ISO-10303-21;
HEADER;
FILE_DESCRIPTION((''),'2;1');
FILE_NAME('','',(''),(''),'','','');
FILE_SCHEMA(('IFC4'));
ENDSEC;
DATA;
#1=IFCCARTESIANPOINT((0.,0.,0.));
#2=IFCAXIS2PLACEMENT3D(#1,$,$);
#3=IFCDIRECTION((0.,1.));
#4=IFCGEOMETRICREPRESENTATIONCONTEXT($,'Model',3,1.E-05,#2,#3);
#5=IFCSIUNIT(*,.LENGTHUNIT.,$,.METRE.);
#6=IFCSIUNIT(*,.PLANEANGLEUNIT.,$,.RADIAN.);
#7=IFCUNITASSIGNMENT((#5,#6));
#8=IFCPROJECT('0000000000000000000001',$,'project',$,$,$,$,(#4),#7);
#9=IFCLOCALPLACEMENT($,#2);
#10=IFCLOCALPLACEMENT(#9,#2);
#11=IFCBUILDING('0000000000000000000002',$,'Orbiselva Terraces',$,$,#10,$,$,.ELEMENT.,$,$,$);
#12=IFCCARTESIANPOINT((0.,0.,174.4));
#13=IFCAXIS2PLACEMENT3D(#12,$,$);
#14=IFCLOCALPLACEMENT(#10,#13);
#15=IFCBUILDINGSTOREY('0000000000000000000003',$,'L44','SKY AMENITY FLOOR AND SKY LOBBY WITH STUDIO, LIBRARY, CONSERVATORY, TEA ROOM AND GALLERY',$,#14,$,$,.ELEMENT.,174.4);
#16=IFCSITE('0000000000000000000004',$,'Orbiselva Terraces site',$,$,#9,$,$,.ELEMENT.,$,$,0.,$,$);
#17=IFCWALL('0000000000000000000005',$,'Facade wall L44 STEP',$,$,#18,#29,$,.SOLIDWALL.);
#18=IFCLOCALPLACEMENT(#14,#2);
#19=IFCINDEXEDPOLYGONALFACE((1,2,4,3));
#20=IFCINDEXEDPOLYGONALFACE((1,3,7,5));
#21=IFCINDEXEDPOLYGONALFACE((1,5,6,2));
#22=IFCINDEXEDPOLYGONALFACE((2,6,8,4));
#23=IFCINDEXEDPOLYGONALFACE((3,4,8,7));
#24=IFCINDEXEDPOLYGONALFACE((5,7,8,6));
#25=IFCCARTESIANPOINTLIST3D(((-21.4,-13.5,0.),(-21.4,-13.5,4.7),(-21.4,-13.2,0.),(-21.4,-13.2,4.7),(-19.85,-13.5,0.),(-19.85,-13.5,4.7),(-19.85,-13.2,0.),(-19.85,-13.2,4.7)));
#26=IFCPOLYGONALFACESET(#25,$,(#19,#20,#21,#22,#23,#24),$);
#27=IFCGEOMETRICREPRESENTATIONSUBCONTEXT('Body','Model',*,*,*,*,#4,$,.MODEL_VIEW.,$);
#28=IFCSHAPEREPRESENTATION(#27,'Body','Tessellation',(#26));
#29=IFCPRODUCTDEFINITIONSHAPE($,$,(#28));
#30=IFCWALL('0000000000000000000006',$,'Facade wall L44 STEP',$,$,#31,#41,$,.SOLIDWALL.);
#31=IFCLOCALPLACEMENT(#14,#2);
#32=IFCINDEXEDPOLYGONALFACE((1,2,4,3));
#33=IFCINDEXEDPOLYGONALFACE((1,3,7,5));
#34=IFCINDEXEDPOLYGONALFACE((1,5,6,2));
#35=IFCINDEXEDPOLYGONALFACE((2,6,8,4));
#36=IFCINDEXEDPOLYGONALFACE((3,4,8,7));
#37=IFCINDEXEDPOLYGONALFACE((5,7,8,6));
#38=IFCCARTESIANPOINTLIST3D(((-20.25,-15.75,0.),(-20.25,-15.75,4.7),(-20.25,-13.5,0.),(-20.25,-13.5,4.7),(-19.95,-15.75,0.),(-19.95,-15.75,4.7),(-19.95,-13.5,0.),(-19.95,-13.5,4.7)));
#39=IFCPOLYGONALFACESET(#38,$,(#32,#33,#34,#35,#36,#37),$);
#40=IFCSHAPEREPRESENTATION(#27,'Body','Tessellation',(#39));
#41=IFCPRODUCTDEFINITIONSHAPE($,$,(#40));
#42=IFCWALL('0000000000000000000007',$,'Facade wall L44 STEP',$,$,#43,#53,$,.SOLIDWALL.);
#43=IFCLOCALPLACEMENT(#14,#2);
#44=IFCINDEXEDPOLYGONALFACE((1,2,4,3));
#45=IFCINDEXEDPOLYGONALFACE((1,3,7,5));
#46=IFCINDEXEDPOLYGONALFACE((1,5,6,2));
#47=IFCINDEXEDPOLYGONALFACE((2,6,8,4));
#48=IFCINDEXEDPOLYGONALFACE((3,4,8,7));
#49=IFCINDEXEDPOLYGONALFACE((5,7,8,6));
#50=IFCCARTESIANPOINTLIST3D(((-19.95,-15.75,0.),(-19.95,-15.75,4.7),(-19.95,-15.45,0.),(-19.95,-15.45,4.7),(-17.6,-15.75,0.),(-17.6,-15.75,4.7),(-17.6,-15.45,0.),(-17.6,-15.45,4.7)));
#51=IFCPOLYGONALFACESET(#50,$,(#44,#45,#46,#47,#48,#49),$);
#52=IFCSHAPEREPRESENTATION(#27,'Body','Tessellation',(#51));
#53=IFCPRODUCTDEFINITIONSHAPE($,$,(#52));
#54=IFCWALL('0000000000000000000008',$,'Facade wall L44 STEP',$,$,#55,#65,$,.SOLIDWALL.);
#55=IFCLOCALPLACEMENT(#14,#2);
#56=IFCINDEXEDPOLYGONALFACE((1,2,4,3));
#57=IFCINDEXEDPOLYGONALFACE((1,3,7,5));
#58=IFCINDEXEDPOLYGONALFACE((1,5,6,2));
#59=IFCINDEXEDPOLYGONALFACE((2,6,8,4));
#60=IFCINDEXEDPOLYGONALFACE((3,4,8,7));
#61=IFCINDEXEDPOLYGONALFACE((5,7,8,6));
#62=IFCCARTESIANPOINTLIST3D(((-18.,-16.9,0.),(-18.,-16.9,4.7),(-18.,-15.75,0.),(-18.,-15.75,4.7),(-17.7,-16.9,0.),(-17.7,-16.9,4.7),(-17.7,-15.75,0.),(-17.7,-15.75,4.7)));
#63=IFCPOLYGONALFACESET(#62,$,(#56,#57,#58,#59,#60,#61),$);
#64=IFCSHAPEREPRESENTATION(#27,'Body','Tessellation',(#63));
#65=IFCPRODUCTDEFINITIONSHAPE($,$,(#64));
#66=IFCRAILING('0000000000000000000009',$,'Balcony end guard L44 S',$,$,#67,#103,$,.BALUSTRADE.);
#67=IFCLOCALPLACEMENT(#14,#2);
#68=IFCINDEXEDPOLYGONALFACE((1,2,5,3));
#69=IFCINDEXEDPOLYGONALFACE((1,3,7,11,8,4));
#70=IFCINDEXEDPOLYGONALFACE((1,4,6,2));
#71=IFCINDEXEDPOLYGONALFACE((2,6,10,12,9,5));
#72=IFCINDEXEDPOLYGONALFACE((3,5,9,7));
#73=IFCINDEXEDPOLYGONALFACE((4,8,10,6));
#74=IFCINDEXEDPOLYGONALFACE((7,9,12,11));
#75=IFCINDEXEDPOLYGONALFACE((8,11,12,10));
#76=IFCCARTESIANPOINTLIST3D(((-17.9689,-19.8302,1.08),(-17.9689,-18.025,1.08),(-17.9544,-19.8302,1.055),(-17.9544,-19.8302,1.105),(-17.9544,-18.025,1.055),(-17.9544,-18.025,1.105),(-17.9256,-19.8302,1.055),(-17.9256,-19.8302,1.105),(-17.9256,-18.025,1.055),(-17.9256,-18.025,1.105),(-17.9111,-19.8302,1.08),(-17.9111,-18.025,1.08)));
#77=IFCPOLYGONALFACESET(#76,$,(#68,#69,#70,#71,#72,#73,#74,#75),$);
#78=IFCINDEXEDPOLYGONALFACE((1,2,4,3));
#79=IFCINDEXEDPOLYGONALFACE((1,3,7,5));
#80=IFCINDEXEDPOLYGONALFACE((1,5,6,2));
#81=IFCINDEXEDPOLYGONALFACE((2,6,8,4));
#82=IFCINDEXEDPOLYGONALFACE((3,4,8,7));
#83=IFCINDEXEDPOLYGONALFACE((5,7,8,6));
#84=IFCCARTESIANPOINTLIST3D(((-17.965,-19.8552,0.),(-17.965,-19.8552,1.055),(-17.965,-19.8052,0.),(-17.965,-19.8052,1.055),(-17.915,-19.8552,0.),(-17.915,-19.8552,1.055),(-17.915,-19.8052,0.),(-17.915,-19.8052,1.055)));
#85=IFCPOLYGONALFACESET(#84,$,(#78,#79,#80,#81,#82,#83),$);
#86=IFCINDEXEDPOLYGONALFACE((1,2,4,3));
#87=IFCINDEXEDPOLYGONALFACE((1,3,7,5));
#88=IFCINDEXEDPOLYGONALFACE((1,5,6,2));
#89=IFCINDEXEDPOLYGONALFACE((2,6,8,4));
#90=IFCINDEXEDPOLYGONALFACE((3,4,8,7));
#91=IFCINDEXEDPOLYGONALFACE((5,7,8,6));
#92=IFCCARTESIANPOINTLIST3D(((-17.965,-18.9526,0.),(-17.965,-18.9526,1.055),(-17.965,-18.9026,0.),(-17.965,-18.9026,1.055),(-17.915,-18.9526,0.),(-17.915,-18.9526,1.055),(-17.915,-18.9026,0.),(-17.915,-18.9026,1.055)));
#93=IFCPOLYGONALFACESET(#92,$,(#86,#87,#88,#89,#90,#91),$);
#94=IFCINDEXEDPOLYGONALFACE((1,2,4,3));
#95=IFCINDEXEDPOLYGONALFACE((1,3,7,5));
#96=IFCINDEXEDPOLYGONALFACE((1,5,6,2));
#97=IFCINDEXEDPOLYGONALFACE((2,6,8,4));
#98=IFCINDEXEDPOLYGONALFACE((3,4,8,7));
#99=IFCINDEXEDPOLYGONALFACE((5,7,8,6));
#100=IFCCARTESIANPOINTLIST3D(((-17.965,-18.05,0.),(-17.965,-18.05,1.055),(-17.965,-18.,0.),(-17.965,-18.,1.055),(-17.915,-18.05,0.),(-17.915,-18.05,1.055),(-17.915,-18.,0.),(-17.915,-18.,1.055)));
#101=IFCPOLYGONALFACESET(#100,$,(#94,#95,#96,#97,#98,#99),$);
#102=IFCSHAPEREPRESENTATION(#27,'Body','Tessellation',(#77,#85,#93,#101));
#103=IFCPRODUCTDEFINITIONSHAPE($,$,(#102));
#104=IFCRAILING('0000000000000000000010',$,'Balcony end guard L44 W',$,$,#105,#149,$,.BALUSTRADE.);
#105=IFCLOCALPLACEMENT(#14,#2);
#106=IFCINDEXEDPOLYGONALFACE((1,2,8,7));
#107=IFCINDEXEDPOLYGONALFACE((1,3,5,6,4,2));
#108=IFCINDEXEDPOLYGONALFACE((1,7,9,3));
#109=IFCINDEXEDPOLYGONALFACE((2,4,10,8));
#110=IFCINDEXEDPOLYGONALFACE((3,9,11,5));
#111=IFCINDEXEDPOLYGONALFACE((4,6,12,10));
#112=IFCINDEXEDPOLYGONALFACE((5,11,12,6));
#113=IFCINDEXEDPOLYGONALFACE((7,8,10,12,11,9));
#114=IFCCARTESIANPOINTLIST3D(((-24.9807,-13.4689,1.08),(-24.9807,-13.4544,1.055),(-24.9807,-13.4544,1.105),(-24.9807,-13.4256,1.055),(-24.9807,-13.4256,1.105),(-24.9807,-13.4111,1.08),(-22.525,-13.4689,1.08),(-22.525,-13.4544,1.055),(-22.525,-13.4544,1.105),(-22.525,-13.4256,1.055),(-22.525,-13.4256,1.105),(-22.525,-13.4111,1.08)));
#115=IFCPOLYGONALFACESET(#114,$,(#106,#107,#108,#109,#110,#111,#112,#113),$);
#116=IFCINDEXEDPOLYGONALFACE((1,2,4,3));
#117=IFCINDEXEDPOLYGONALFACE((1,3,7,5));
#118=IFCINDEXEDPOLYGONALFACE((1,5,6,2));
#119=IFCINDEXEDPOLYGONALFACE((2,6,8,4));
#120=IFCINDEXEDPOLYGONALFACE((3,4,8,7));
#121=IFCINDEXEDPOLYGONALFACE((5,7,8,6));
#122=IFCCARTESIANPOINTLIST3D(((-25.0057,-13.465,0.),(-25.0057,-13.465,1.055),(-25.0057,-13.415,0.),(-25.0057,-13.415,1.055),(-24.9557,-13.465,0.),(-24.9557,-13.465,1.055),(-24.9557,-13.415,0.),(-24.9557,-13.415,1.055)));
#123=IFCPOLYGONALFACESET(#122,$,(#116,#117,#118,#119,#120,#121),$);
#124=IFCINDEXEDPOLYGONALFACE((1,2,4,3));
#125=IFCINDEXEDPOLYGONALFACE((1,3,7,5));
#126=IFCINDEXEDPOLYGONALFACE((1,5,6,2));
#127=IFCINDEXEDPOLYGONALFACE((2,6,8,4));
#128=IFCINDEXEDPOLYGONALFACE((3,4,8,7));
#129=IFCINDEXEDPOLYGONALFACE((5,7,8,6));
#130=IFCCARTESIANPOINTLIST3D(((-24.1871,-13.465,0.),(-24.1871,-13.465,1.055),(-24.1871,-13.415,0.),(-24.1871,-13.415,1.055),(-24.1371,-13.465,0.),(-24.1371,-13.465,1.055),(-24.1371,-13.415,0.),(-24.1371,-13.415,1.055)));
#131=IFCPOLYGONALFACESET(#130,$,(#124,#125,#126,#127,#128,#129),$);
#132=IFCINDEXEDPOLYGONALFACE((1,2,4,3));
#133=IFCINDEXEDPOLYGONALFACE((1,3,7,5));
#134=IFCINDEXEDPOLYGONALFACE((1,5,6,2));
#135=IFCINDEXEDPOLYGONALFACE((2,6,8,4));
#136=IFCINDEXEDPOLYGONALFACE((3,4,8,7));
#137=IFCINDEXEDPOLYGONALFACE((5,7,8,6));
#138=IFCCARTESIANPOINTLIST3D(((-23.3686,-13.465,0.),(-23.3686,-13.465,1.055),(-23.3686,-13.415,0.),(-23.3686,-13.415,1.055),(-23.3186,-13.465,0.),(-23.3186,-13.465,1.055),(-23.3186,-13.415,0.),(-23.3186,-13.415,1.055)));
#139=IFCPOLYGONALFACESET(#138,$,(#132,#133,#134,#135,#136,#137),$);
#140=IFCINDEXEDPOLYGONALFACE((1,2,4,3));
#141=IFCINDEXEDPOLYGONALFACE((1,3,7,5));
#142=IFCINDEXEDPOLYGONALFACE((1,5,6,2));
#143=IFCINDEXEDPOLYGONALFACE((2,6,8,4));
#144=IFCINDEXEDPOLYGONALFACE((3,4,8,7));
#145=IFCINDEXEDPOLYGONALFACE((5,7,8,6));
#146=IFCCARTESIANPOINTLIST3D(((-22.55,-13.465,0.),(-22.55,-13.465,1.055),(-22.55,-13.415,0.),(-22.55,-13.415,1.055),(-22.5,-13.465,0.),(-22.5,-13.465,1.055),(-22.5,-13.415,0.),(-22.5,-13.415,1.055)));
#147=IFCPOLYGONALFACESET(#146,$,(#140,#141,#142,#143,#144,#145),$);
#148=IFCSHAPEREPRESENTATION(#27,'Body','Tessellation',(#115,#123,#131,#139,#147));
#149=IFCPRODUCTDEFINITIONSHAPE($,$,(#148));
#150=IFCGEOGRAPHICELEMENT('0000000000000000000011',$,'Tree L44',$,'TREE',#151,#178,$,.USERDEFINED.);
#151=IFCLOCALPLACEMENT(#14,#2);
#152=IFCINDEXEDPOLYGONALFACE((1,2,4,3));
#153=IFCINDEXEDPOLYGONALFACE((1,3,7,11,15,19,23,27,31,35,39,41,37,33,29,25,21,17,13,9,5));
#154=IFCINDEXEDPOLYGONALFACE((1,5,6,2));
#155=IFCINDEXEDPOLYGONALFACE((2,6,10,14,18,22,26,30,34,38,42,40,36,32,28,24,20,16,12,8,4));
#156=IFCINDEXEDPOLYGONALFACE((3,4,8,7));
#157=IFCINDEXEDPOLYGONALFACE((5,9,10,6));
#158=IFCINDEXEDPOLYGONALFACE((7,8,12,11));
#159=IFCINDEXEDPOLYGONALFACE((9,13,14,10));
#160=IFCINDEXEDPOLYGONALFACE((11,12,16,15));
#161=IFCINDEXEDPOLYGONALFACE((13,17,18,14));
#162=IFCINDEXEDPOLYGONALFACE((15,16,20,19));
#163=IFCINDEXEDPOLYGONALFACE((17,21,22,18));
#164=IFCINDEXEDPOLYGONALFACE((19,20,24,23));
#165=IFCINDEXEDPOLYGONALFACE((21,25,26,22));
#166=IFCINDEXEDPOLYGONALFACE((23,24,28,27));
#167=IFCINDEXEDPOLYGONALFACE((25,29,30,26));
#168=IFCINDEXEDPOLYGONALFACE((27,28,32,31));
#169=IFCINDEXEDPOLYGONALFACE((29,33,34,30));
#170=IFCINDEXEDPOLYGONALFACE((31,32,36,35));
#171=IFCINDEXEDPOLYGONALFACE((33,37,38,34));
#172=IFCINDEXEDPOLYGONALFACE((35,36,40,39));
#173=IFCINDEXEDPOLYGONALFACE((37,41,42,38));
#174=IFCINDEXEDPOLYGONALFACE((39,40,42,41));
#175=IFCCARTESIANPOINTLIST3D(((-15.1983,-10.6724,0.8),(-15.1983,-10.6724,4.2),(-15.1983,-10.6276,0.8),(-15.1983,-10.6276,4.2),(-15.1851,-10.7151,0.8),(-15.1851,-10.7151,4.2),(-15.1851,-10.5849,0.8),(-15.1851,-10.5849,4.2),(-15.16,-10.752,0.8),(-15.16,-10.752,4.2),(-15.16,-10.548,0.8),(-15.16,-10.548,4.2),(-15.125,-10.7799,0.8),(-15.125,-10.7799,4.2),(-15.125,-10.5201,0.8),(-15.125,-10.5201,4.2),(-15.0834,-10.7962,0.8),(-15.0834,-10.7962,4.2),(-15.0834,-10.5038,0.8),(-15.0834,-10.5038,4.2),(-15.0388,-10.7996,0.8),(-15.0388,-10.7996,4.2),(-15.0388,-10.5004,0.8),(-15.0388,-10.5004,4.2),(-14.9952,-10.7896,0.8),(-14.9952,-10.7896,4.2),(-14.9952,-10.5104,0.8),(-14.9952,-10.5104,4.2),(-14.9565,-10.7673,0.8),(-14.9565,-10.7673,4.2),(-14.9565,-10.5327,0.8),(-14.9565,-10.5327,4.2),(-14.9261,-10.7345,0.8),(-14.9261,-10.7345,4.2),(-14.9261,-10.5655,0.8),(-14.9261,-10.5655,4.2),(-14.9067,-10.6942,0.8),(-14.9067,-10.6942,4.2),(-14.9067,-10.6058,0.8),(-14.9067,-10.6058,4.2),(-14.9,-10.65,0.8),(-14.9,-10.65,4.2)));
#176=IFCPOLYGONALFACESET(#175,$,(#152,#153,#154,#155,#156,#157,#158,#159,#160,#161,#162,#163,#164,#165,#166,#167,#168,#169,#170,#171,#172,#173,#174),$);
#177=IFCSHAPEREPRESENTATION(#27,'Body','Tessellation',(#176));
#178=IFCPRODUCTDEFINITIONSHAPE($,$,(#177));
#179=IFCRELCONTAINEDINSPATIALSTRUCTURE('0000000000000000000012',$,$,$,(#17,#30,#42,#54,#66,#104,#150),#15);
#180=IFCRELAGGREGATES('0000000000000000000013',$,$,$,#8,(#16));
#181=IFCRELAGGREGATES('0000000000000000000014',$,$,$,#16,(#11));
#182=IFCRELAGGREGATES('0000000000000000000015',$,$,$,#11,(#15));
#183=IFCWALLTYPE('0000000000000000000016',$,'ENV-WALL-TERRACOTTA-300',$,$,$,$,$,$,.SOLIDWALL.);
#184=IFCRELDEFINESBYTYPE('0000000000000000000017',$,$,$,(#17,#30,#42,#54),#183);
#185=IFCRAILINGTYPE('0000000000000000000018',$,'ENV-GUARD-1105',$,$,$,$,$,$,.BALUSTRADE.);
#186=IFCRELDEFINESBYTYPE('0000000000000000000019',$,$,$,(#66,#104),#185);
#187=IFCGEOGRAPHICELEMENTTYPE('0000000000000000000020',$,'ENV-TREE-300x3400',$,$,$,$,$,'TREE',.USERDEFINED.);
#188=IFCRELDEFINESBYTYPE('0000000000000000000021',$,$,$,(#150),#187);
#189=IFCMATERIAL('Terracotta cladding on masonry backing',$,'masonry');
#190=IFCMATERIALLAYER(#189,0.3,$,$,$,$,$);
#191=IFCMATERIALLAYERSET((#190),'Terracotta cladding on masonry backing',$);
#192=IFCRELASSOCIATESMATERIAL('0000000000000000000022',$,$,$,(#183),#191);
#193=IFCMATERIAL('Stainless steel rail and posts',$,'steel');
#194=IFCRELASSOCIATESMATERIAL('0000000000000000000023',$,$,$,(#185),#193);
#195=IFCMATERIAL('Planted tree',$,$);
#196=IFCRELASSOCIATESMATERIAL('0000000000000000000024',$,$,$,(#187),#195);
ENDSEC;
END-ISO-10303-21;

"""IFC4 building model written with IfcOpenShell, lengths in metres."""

from ifc_helpers import new_model, si_unit, direction, frame, frame_2d, origin, origin_2d, place, context, subcontext, project, spatial, polyline, rectangle, circle, outline, extrude, material, layer, layer_set, type_object, element, save


model = new_model("IFC4")

# Units and contexts
model_context = context("Model", 3, precision=1e-05, world=origin(), true_north=direction((0.0, 1.0)))
body_context = subcontext(model_context, "Body", "Model", "MODEL_VIEW")
ifc_project = project(units=[si_unit("LENGTHUNIT", "METRE"), si_unit("PLANEANGLEUNIT", "RADIAN")], contexts=[model_context])

# Site, building, storey
site_placement = place(None, origin())
site = spatial("IfcSite", under=ifc_project, at=site_placement, Name="Orbiselva Terraces site", CompositionType="ELEMENT", RefElevation=0.0)
building_placement = place(site_placement, origin())
building = spatial("IfcBuilding", under=site, at=building_placement, Name="Orbiselva Terraces", CompositionType="ELEMENT")
storey_placement = place(building_placement, frame((0.0, 0.0, 174.4)))
storey = spatial("IfcBuildingStorey", under=building, at=storey_placement, Name="L44", Description="SKY AMENITY FLOOR AND SKY LOBBY WITH STUDIO, LIBRARY, CONSERVATORY, TEA ROOM AND GALLERY", CompositionType="ELEMENT", Elevation=174.4)

# Shared definitions
ifc_material_1 = material(Name="Terracotta cladding on masonry backing", Category="masonry")
ifc_layer_1 = layer(ifc_material_1, 0.3)
ifc_layer_set_1 = layer_set([ifc_layer_1], Name="Terracotta cladding on masonry backing")
wall_type = type_object("IfcWallType", Name="ENV-WALL-TERRACOTTA-300", PredefinedType="SOLIDWALL", material=ifc_layer_set_1)

# Walls
wall_1_placement = place(storey_placement, frame((-19.85, -13.35, 0.0), z_axis=(0.0, 0.0, 1.0), x_axis=(-1.0, 0.0, 0.0)))
element("IfcWall", 1, at=wall_1_placement, inside=storey, type_object=wall_type, Name="Facade wall L44 STEP", PredefinedType="SOLIDWALL", context=body_context, shape_type="SweptSolid", body=[
    extrude(rectangle(XDim=1.55, YDim=0.3, at=frame_2d((0.775, 0.0))), origin(), (0.0, 0.0, 1.0), 4.7),
])
wall_2_placement = place(storey_placement, frame((-20.1, -15.75, 0.0), z_axis=(0.0, 0.0, 1.0), x_axis=(0.0, 1.0, 0.0)))
element("IfcWall", 2, at=wall_2_placement, inside=storey, type_object=wall_type, Name="Facade wall L44 STEP", PredefinedType="SOLIDWALL", context=body_context, shape_type="SweptSolid", body=[
    extrude(rectangle(XDim=2.25, YDim=0.3, at=frame_2d((1.125, 0.0))), origin(), (0.0, 0.0, 1.0), 4.7),
])
wall_3_placement = place(storey_placement, frame((-17.6, -15.6, 0.0), z_axis=(0.0, 0.0, 1.0), x_axis=(-1.0, 0.0, 0.0)))
element("IfcWall", 3, at=wall_3_placement, inside=storey, type_object=wall_type, Name="Facade wall L44 STEP", PredefinedType="SOLIDWALL", context=body_context, shape_type="SweptSolid", body=[
    extrude(rectangle(XDim=2.35, YDim=0.3, at=frame_2d((1.175, 0.0))), origin(), (0.0, 0.0, 1.0), 4.7),
])
wall_4_placement = place(storey_placement, frame((-17.85, -16.9, 0.0), z_axis=(0.0, 0.0, 1.0), x_axis=(0.0, 1.0, 0.0)))
element("IfcWall", 4, at=wall_4_placement, inside=storey, type_object=wall_type, Name="Facade wall L44 STEP", PredefinedType="SOLIDWALL", context=body_context, shape_type="SweptSolid", body=[
    extrude(rectangle(XDim=1.15, YDim=0.3, at=frame_2d((0.575, 0.0))), origin(), (0.0, 0.0, 1.0), 4.7),
])

# Railings
ifc_material_2 = material(Name="Stainless steel rail and posts", Category="steel")
railing_type_1 = type_object("IfcRailingType", Name="ENV-GUARD-1105", PredefinedType="BALUSTRADE", material=ifc_material_2)
railing_1_placement = place(storey_placement, frame((-17.94, -19.8302, 0.0)))
element("IfcRailing", 5, at=railing_1_placement, inside=storey, type_object=railing_type_1, Name="Balcony end guard L44 S", PredefinedType="BALUSTRADE", context=body_context, shape_type="SweptSolid", body=[
    extrude(outline(polyline([(0.0289, 0.0), (0.0144, 0.025), (-0.0144, 0.025), (-0.0289, 0.0), (-0.0144, -0.025), (0.0144, -0.025), (0.0289, 0.0)])), frame((0.0, 0.0, 1.08), z_axis=(0.0, 1.0, 0.0), x_axis=(-1.0, 0.0, 0.0)), (0.0, 0.0, 1.0), 1.8052),
    extrude(rectangle(XDim=0.05, YDim=0.05, at=origin_2d()), origin(), (0.0, 0.0, 1.0), 1.055),
    extrude(rectangle(XDim=0.05, YDim=0.05, at=origin_2d()), frame((0.0, 0.9026, 0.0)), (0.0, 0.0, 1.0), 1.055),
    extrude(rectangle(XDim=0.05, YDim=0.05, at=origin_2d()), frame((0.0, 1.8052, 0.0)), (0.0, 0.0, 1.0), 1.055),
])
railing_2_placement = place(storey_placement, frame((-24.9807, -13.44, 0.0)))
element("IfcRailing", 6, at=railing_2_placement, inside=storey, type_object=railing_type_1, Name="Balcony end guard L44 W", PredefinedType="BALUSTRADE", context=body_context, shape_type="SweptSolid", body=[
    extrude(outline(polyline([(0.0289, 0.0), (0.0144, 0.025), (-0.0144, 0.025), (-0.0289, 0.0), (-0.0144, -0.025), (0.0144, -0.025), (0.0289, 0.0)])), frame((0.0, 0.0, 1.08), z_axis=(1.0, 0.0, 0.0), x_axis=(0.0, 1.0, 0.0)), (0.0, 0.0, 1.0), 2.4557),
    extrude(rectangle(XDim=0.05, YDim=0.05, at=origin_2d()), origin(), (0.0, 0.0, 1.0), 1.055),
    extrude(rectangle(XDim=0.05, YDim=0.05, at=origin_2d()), frame((0.8186, 0.0, 0.0)), (0.0, 0.0, 1.0), 1.055),
    extrude(rectangle(XDim=0.05, YDim=0.05, at=origin_2d()), frame((1.6371, 0.0, 0.0)), (0.0, 0.0, 1.0), 1.055),
    extrude(rectangle(XDim=0.05, YDim=0.05, at=origin_2d()), frame((2.4557, 0.0, 0.0)), (0.0, 0.0, 1.0), 1.055),
])

# Geographic element
ifc_material_3 = material(Name="Planted tree")
geographic_element_type = type_object("IfcGeographicElementType", Name="ENV-TREE-300x3400", ElementType="TREE", PredefinedType="USERDEFINED", material=ifc_material_3)
geographic_element_placement = place(storey_placement, frame((-15.05, -10.65, 4.2), z_axis=(0.0, 0.0, -1.0), x_axis=(1.0, 0.0, 0.0)))
element("IfcGeographicElement", 7, at=geographic_element_placement, inside=storey, type_object=geographic_element_type, Name="Tree L44", ObjectType="TREE", PredefinedType="USERDEFINED", context=body_context, shape_type="SweptSolid", body=[
    extrude(circle(Radius=0.15, at=origin_2d()), origin(), (0.0, 0.0, 1.0), 3.4),
])

save(model, "model.ifc")
